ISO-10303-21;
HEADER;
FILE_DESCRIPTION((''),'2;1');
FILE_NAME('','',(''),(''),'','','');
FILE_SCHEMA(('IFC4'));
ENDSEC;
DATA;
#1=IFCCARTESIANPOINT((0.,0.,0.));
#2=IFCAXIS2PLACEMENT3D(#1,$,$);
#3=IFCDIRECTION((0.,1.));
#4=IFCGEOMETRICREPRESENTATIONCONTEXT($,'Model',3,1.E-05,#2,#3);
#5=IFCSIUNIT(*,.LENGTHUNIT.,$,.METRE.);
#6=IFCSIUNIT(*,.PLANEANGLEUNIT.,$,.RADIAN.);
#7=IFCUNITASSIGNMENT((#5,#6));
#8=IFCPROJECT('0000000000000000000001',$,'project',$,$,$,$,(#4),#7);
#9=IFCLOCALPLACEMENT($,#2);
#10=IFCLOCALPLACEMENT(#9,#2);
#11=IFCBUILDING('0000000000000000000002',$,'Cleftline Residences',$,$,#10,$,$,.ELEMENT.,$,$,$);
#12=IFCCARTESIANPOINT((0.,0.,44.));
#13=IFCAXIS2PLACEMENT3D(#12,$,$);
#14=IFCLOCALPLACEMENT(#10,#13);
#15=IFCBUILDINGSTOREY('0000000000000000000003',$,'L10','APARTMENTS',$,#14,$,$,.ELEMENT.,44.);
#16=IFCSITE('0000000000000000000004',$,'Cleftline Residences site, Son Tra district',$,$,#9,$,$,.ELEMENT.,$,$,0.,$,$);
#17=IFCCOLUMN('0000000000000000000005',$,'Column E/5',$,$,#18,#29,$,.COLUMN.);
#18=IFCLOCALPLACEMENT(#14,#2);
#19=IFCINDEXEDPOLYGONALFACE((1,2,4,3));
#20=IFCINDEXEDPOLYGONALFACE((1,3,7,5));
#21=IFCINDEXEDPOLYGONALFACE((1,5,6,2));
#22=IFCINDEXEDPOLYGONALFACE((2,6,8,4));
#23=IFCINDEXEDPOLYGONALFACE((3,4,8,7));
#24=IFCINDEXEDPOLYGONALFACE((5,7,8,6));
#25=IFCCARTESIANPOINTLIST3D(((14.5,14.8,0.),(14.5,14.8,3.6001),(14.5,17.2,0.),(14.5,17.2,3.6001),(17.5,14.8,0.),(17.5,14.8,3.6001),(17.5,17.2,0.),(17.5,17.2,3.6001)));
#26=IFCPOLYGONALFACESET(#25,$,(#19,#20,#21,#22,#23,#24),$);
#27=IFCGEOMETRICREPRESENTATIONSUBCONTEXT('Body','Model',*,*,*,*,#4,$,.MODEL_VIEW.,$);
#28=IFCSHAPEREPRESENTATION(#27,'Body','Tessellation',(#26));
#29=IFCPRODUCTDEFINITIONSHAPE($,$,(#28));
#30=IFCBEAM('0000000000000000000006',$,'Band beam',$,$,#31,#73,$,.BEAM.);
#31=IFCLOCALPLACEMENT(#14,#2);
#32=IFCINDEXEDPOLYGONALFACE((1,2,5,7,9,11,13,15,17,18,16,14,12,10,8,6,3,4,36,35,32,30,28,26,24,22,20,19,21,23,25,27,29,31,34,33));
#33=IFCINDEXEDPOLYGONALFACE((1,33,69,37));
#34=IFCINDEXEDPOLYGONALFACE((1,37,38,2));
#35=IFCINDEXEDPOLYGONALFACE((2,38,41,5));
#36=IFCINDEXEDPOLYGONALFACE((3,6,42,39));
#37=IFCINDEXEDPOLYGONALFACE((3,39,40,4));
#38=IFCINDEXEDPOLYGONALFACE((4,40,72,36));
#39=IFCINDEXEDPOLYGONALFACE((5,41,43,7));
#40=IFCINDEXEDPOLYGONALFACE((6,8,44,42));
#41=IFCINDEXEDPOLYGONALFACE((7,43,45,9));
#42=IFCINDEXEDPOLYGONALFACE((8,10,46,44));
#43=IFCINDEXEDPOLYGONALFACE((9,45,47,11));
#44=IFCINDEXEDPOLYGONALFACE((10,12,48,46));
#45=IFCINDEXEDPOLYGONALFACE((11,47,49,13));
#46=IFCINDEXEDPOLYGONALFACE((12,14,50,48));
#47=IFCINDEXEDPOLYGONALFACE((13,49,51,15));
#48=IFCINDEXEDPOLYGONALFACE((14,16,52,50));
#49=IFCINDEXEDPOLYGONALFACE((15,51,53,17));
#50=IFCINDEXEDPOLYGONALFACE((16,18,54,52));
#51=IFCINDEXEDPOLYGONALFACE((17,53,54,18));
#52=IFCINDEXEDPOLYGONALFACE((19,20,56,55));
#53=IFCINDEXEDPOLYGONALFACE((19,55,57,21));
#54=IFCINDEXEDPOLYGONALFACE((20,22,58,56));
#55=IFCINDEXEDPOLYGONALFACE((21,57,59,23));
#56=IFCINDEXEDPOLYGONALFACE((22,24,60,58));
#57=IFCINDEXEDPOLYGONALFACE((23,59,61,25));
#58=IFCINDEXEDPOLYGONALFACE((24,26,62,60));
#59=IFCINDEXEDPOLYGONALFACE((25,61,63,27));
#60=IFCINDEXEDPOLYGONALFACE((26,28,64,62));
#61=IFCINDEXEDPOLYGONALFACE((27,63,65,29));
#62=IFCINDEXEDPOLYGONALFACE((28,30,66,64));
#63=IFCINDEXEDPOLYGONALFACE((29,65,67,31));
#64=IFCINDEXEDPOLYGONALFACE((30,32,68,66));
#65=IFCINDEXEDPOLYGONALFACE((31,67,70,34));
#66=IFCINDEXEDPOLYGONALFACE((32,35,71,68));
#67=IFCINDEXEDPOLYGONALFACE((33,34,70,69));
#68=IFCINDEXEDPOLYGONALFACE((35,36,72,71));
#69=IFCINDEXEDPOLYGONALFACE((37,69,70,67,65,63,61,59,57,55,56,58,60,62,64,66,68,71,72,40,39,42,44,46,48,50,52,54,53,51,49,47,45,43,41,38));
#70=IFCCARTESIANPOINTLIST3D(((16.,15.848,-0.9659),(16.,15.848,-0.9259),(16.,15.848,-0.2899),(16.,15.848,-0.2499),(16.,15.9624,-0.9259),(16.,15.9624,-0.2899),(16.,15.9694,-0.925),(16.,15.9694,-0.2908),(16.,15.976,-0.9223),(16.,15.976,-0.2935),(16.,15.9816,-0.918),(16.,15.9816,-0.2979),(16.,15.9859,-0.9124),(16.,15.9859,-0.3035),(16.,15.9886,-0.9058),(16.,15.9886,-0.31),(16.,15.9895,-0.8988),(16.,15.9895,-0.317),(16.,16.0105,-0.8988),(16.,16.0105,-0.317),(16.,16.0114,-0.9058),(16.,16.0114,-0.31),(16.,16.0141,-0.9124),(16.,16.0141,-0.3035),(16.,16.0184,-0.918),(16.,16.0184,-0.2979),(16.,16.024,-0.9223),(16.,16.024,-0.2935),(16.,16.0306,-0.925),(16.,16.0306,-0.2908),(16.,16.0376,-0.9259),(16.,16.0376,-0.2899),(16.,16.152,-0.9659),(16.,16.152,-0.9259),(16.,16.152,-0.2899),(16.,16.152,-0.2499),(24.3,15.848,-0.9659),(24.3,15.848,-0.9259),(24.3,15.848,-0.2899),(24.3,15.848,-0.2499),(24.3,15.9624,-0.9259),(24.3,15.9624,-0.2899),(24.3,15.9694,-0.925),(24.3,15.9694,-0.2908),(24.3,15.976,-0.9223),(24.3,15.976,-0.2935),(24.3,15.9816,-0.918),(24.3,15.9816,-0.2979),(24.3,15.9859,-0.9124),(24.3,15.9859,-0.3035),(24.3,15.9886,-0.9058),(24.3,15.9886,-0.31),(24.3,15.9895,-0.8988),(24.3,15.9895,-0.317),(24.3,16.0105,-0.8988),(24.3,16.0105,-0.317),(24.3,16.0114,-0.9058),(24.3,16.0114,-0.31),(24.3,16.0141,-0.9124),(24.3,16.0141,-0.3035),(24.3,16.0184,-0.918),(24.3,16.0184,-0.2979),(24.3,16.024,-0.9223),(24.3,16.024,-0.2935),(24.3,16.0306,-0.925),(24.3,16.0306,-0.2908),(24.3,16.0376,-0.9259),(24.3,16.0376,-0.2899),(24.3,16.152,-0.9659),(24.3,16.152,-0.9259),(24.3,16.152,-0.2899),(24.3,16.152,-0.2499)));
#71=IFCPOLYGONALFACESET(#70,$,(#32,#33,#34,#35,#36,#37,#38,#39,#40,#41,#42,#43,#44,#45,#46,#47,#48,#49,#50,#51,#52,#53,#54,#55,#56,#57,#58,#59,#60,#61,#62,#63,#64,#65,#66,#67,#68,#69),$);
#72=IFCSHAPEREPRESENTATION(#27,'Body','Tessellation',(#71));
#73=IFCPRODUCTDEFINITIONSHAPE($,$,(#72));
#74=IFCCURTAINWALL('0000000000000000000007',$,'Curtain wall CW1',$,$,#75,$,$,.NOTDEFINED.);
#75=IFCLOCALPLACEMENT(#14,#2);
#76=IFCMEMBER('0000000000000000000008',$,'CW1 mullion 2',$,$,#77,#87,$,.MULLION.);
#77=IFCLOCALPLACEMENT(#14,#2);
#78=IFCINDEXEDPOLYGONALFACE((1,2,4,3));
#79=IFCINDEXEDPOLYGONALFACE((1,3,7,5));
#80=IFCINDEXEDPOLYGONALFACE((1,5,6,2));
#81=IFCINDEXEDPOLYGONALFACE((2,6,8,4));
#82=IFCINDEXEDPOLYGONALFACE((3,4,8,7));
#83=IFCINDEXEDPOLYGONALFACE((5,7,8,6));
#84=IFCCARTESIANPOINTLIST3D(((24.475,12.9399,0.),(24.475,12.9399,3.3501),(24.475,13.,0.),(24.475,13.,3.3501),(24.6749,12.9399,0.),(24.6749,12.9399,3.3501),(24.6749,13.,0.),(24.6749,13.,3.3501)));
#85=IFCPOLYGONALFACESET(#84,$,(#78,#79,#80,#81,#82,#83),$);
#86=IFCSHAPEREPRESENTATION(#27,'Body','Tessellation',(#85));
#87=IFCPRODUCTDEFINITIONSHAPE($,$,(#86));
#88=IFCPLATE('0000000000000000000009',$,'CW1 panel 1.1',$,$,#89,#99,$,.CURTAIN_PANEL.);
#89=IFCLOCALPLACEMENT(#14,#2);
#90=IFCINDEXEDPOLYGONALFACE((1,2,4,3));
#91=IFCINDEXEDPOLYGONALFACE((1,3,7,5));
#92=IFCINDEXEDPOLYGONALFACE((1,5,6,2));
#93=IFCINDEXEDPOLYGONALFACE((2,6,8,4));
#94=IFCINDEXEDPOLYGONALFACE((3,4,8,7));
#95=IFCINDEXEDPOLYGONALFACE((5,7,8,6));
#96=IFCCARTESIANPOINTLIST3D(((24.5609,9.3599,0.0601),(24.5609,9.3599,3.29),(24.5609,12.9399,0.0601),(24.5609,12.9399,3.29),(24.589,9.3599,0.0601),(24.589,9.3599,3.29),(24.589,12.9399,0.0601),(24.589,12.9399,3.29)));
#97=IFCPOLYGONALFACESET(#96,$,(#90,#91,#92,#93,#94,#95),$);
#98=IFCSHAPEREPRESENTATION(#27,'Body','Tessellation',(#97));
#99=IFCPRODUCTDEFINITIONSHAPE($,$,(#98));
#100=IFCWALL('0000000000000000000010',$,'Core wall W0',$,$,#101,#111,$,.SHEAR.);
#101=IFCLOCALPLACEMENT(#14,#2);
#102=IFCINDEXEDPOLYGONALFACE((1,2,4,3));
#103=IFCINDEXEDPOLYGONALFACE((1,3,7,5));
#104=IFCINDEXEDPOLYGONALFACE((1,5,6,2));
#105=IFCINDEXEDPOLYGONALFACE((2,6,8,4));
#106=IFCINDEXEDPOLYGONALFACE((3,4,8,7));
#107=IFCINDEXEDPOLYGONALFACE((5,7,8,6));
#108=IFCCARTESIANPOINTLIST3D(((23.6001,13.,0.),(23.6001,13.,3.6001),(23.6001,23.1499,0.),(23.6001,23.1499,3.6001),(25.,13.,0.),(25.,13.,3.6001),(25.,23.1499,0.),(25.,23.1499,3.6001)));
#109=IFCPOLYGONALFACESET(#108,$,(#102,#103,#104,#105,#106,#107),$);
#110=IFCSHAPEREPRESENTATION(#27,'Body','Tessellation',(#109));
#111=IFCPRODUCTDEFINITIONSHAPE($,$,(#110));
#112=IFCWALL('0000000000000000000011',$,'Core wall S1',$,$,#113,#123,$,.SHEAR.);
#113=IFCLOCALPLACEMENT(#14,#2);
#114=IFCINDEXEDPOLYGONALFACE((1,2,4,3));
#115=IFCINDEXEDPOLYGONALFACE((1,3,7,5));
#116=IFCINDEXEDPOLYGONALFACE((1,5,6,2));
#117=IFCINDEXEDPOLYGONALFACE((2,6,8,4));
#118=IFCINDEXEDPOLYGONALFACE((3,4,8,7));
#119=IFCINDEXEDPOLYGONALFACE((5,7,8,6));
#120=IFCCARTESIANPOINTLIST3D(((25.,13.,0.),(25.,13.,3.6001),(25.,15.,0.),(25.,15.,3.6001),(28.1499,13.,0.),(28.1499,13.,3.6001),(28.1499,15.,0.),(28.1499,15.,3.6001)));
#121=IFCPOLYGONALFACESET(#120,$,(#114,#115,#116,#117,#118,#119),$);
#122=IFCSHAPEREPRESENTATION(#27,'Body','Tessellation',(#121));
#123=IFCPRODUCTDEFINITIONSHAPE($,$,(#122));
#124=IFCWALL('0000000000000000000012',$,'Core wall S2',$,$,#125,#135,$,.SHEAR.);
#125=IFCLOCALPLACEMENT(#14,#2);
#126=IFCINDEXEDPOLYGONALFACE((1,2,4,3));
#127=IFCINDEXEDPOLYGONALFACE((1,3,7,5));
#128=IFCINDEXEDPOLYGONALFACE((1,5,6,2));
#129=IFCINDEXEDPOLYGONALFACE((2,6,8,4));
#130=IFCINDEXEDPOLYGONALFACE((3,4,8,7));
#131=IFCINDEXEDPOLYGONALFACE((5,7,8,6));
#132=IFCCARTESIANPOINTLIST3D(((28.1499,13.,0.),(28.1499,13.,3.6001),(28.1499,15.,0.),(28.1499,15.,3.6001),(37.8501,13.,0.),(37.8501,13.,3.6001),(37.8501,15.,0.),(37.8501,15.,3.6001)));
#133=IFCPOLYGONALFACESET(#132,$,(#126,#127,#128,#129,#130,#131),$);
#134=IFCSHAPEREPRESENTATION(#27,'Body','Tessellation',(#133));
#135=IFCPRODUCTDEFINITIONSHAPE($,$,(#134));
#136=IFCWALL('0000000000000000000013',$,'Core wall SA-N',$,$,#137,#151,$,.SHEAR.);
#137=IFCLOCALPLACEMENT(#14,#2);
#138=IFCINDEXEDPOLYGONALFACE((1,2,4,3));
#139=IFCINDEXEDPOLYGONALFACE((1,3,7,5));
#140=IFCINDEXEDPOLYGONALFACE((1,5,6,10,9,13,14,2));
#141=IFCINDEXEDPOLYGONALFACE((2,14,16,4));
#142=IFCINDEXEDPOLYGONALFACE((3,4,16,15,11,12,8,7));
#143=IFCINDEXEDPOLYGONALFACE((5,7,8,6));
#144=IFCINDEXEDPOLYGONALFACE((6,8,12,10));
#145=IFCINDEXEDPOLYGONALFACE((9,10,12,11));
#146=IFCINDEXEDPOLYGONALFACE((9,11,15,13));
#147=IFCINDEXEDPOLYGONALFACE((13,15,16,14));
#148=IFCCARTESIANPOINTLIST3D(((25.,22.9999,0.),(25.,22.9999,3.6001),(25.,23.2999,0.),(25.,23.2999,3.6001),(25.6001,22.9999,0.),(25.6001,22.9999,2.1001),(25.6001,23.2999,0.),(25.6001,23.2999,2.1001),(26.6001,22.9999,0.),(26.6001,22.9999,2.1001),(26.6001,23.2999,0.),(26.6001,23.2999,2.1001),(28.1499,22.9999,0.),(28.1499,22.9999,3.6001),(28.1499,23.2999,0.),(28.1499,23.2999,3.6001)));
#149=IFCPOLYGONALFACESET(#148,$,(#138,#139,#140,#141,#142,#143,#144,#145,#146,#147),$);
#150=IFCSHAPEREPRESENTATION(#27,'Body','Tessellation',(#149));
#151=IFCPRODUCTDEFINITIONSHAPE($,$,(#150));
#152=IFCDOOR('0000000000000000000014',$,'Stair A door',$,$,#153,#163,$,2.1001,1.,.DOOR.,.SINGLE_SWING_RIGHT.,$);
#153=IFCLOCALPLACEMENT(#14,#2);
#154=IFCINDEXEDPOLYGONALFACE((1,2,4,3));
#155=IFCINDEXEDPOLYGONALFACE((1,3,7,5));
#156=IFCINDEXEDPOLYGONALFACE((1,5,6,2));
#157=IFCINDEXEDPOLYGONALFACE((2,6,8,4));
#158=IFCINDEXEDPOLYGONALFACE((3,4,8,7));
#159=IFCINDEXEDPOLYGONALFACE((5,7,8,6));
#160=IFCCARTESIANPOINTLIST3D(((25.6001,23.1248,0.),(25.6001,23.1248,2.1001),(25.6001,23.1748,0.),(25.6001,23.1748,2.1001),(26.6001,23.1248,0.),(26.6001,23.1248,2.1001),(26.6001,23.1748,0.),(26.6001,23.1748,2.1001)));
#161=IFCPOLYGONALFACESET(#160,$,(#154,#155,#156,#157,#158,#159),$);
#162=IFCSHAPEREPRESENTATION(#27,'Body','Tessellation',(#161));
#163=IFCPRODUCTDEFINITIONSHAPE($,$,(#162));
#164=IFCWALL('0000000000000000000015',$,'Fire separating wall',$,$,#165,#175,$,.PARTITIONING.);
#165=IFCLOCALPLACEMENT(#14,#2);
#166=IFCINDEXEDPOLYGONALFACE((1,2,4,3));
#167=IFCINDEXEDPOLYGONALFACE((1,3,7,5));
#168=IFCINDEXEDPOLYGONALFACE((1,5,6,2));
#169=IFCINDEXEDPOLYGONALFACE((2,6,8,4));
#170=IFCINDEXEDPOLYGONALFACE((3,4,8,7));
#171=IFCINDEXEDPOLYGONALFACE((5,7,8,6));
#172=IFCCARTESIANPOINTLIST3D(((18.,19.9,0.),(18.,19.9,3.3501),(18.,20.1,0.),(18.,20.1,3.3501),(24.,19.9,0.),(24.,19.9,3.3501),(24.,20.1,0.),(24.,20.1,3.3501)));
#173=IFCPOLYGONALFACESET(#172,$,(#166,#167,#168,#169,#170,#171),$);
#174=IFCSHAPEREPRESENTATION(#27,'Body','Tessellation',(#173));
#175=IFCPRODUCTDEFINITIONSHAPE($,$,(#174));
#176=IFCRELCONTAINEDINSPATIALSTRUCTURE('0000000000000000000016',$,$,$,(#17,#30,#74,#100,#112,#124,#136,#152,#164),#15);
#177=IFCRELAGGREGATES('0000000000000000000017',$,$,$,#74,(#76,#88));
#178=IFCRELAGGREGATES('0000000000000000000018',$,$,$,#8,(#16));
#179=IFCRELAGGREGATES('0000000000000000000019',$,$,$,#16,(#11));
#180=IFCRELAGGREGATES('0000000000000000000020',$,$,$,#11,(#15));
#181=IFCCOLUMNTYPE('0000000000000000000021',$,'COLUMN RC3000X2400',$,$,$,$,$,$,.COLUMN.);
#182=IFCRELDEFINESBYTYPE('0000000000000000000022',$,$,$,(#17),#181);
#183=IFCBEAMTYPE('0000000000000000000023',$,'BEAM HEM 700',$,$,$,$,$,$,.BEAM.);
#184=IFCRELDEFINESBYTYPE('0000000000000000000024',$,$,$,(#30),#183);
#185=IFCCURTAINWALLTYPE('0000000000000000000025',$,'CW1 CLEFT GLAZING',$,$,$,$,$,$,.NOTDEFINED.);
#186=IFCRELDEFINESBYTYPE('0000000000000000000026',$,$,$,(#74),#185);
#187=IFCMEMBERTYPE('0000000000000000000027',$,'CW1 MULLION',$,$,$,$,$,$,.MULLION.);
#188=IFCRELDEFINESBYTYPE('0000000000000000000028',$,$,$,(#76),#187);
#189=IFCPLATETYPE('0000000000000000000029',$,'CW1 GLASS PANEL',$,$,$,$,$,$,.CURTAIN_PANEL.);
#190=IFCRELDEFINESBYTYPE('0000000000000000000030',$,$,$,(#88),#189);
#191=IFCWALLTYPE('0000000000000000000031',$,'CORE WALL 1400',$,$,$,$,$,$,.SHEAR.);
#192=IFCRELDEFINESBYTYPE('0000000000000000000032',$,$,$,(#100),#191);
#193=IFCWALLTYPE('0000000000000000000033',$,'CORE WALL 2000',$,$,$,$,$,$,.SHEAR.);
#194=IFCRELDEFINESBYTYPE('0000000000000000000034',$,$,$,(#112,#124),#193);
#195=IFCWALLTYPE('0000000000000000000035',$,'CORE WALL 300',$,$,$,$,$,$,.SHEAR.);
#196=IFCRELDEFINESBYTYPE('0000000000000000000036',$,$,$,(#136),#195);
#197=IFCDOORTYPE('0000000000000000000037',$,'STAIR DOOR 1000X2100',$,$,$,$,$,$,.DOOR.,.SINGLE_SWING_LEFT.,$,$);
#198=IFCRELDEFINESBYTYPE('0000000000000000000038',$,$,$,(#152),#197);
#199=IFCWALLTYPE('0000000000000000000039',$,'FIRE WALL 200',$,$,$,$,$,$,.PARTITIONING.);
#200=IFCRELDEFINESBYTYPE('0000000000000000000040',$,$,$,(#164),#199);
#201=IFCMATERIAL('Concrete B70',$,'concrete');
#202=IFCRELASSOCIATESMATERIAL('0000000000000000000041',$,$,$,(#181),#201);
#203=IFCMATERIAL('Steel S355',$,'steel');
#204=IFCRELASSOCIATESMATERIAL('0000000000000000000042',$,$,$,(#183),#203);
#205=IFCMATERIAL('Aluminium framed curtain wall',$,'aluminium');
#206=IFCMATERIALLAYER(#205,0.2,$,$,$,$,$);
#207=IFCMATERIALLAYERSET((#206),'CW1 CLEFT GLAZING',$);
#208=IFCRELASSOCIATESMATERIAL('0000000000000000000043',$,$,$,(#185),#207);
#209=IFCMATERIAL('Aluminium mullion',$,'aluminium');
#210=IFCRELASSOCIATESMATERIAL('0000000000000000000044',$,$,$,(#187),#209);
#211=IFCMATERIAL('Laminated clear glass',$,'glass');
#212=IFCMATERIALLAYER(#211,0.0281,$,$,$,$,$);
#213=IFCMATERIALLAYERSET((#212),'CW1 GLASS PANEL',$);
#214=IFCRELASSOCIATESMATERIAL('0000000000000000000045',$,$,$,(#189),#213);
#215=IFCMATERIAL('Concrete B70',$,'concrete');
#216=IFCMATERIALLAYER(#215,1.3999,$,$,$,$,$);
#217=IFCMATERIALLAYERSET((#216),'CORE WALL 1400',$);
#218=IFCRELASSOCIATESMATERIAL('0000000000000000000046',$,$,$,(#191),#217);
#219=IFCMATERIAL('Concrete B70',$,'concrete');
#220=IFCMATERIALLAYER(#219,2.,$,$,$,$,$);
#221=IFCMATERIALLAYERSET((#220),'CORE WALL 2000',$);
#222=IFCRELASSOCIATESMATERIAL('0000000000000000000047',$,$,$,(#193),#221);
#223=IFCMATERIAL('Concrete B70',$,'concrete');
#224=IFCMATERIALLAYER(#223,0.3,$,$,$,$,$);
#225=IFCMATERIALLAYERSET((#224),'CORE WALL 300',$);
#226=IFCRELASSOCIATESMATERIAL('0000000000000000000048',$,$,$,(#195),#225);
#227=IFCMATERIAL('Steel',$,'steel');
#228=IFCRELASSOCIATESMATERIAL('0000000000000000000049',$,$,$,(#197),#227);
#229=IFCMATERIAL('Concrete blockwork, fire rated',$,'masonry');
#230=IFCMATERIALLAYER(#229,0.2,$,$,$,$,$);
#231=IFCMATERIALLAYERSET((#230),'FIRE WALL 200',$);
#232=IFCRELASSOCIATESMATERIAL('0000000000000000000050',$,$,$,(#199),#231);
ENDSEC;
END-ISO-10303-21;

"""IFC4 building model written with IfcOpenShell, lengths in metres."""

from ifc_helpers import new_model, si_unit, direction, frame, frame_2d, origin, origin_2d, place, context, subcontext, project, spatial, rectangle, i_section, extrude, material, layer, layer_set, material_profile, profile_set, type_object, element, fill, aggregate, save


model = new_model("IFC4")

# Units and contexts
model_context = context("Model", 3, precision=1e-05, world=origin(), true_north=direction((0.0, 1.0)))
body_context = subcontext(model_context, "Body", "Model", "MODEL_VIEW")
ifc_project = project(units=[si_unit("LENGTHUNIT", "METRE"), si_unit("PLANEANGLEUNIT", "RADIAN")], contexts=[model_context])

# Site, building, storey
site_placement = place(None, origin())
site = spatial("IfcSite", under=ifc_project, at=site_placement, Name="Cleftline Residences site, Son Tra district", CompositionType="ELEMENT", RefElevation=0.0)
building_placement = place(site_placement, origin())
building = spatial("IfcBuilding", under=site, at=building_placement, Name="Cleftline Residences", CompositionType="ELEMENT")
storey_placement = place(building_placement, frame((0.0, 0.0, 44.0)))
storey = spatial("IfcBuildingStorey", under=building, at=storey_placement, Name="L10", Description="APARTMENTS", CompositionType="ELEMENT", Elevation=44.0)

# Column
ifc_material_1 = material(Name="Concrete B70", Category="concrete")
ifc_material_profile_1 = material_profile(ifc_material_1, rectangle(XDim=3.0, YDim=2.3999, at=origin_2d()))
ifc_profile_set_1 = profile_set([ifc_material_profile_1], Name="Concrete B70")
column_type = type_object("IfcColumnType", Name="COLUMN RC3000X2400", PredefinedType="COLUMN", material=ifc_profile_set_1)
column_placement = place(storey_placement, frame((16.0, 16.0, 0.0), z_axis=(0.0, 0.0, 1.0), x_axis=(1.0, 0.0, 0.0)))
element("IfcColumn", 1, at=column_placement, inside=storey, type_object=column_type, Name="Column E/5", PredefinedType="COLUMN", context=body_context, shape_type="SweptSolid", body=[
    extrude(rectangle(XDim=3.0, YDim=2.3999, at=origin_2d()), origin(), (0.0, 0.0, 1.0), 3.6001),
])

# Beam
ifc_material_2 = material(Name="Steel S355", Category="steel")
ifc_material_profile_2 = material_profile(ifc_material_2, i_section(OverallWidth=0.304, OverallDepth=0.7161, WebThickness=0.021, FlangeThickness=0.04, FilletRadius=0.0271, at=origin_2d()))
ifc_profile_set_2 = profile_set([ifc_material_profile_2], Name="Steel S355")
beam_type = type_object("IfcBeamType", Name="BEAM HEM 700", PredefinedType="BEAM", material=ifc_profile_set_2)
beam_placement = place(storey_placement, frame((16.0, 16.0, -0.6079), z_axis=(1.0, 0.0, 0.0), x_axis=(0.0, 1.0, 0.0)))
element("IfcBeam", 2, at=beam_placement, inside=storey, type_object=beam_type, Name="Band beam", PredefinedType="BEAM", context=body_context, shape_type="SweptSolid", body=[
    extrude(i_section(OverallWidth=0.304, OverallDepth=0.7161, WebThickness=0.021, FlangeThickness=0.04, FilletRadius=0.0271, at=origin_2d()), origin(), (0.0, 0.0, 1.0), 8.3),
])

# Curtain wall, member, plate
ifc_material_3 = material(Name="Aluminium framed curtain wall", Category="aluminium")
ifc_layer_1 = layer(ifc_material_3, 0.2)
ifc_layer_set_1 = layer_set([ifc_layer_1], Name="CW1 CLEFT GLAZING")
curtain_wall_type = type_object("IfcCurtainWallType", Name="CW1 CLEFT GLAZING", PredefinedType="NOTDEFINED", material=ifc_layer_set_1)
curtain_wall_placement = place(storey_placement, origin())
curtain_wall = element("IfcCurtainWall", 3, at=curtain_wall_placement, inside=storey, type_object=curtain_wall_type, Name="Curtain wall CW1", PredefinedType="NOTDEFINED")
ifc_material_4 = material(Name="Aluminium mullion", Category="aluminium")
ifc_material_profile_3 = material_profile(ifc_material_4, rectangle(XDim=0.2, YDim=0.0601, at=origin_2d()))
ifc_profile_set_3 = profile_set([ifc_material_profile_3], Name="Aluminium mullion")
member_type = type_object("IfcMemberType", Name="CW1 MULLION", PredefinedType="MULLION", material=ifc_profile_set_3)
member_placement = place(storey_placement, frame((24.575, 12.97, 0.0), z_axis=(0.0, 0.0, 1.0), x_axis=(-1.0, 0.0, 0.0)))
member = element("IfcMember", 4, at=member_placement, type_object=member_type, Name="CW1 mullion 2", PredefinedType="MULLION", context=body_context, shape_type="SweptSolid", body=[
    extrude(rectangle(XDim=0.2, YDim=0.0601, at=origin_2d()), origin(), (0.0, 0.0, 1.0), 3.3501),
])
ifc_material_5 = material(Name="Laminated clear glass", Category="glass")
ifc_layer_2 = layer(ifc_material_5, 0.0281)
ifc_layer_set_2 = layer_set([ifc_layer_2], Name="CW1 GLASS PANEL")
plate_type = type_object("IfcPlateType", Name="CW1 GLASS PANEL", PredefinedType="CURTAIN_PANEL", material=ifc_layer_set_2)
plate_placement = place(storey_placement, frame((24.575, 11.1499, 0.0601), z_axis=(0.0, 0.0, 1.0), x_axis=(0.0, 1.0, 0.0)))
plate = element("IfcPlate", 5, at=plate_placement, type_object=plate_type, Name="CW1 panel 1.1", PredefinedType="CURTAIN_PANEL", context=body_context, shape_type="SweptSolid", body=[
    extrude(rectangle(XDim=3.5801, YDim=0.0281, at=origin_2d()), origin(), (0.0, 0.0, 1.0), 3.23),
])
aggregate(curtain_wall, [member, plate])

# Wall
ifc_material_6 = material(Name="Concrete B70", Category="concrete")
ifc_layer_3 = layer(ifc_material_6, 1.3999)
ifc_layer_set_3 = layer_set([ifc_layer_3], Name="CORE WALL 1400")
wall_type_1 = type_object("IfcWallType", Name="CORE WALL 1400", PredefinedType="SHEAR", material=ifc_layer_set_3)
wall_1_placement = place(storey_placement, frame((24.3, 13.0, 0.0), z_axis=(0.0, 0.0, 1.0), x_axis=(0.0, 1.0, 0.0)))
element("IfcWall", 6, at=wall_1_placement, inside=storey, type_object=wall_type_1, Name="Core wall W0", PredefinedType="SHEAR", context=body_context, shape_type="SweptSolid", body=[
    extrude(rectangle(XDim=10.1499, YDim=1.3999, at=frame_2d((5.075, 0.0))), origin(), (0.0, 0.0, 1.0), 3.6001),
])

# Walls
ifc_material_7 = material(Name="Concrete B70", Category="concrete")
ifc_layer_4 = layer(ifc_material_7, 2.0)
ifc_layer_set_4 = layer_set([ifc_layer_4], Name="CORE WALL 2000")
wall_type_2 = type_object("IfcWallType", Name="CORE WALL 2000", PredefinedType="SHEAR", material=ifc_layer_set_4)
wall_2_placement = place(storey_placement, frame((25.0, 14.0, 0.0), z_axis=(0.0, 0.0, 1.0), x_axis=(1.0, 0.0, 0.0)))
element("IfcWall", 7, at=wall_2_placement, inside=storey, type_object=wall_type_2, Name="Core wall S1", PredefinedType="SHEAR", context=body_context, shape_type="SweptSolid", body=[
    extrude(rectangle(XDim=3.1499, YDim=2.0, at=frame_2d((1.575, 0.0))), origin(), (0.0, 0.0, 1.0), 3.6001),
])
wall_3_placement = place(storey_placement, frame((28.1499, 14.0, 0.0), z_axis=(0.0, 0.0, 1.0), x_axis=(1.0, 0.0, 0.0)))
element("IfcWall", 8, at=wall_3_placement, inside=storey, type_object=wall_type_2, Name="Core wall S2", PredefinedType="SHEAR", context=body_context, shape_type="SweptSolid", body=[
    extrude(rectangle(XDim=9.7002, YDim=2.0, at=frame_2d((4.8501, 0.0))), origin(), (0.0, 0.0, 1.0), 3.6001),
])

# Wall, opening, door
ifc_material_8 = material(Name="Concrete B70", Category="concrete")
ifc_layer_5 = layer(ifc_material_8, 0.3)
ifc_layer_set_5 = layer_set([ifc_layer_5], Name="CORE WALL 300")
wall_type_3 = type_object("IfcWallType", Name="CORE WALL 300", PredefinedType="SHEAR", material=ifc_layer_set_5)
wall_4_placement = place(storey_placement, frame((25.0, 23.1499, 0.0), z_axis=(0.0, 0.0, 1.0), x_axis=(1.0, 0.0, 0.0)))
wall_4 = element("IfcWall", 9, at=wall_4_placement, inside=storey, type_object=wall_type_3, Name="Core wall SA-N", PredefinedType="SHEAR", context=body_context, shape_type="SweptSolid", body=[
    extrude(rectangle(XDim=3.1499, YDim=0.3, at=frame_2d((1.575, 0.0))), origin(), (0.0, 0.0, 1.0), 3.6001),
])
opening_1_placement = place(wall_4_placement, frame((0.6001, 0.0, 0.0)))
opening_1 = element("IfcOpeningElement", 10, at=opening_1_placement, cuts=wall_4, PredefinedType="OPENING", context=body_context, shape_type="SweptSolid", body=[
    extrude(rectangle(XDim=1.0, YDim=2.1001, at=frame_2d((0.5, 1.05))), frame((0.0, 0.1599, 0.0), z_axis=(0.0, -1.0, 0.0), x_axis=(1.0, 0.0, 0.0)), (0.0, 0.0, 1.0), 0.3201),
])
ifc_material_9 = material(Name="Steel", Category="steel")
door_type_1 = type_object("IfcDoorType", Name="STAIR DOOR 1000X2100", OperationType="SINGLE_SWING_LEFT", PredefinedType="DOOR", material=ifc_material_9)
door_1_placement = place(opening_1_placement, origin())
door_1 = element("IfcDoor", 11, at=door_1_placement, inside=storey, type_object=door_type_1, Name="Stair A door", OperationType="SINGLE_SWING_RIGHT", OverallHeight=2.1001, OverallWidth=1.0, PredefinedType="DOOR", context=body_context, shape_type="SweptSolid", body=[
    extrude(rectangle(XDim=1.0, YDim=2.1001, at=frame_2d((0.5, 1.05))), frame((0.0, 0.0249, 0.0), z_axis=(0.0, -1.0, 0.0), x_axis=(1.0, 0.0, 0.0)), (0.0, 0.0, 1.0), 0.05),
])
fill(opening_1, door_1)

# Wall
ifc_material_10 = material(Name="Concrete blockwork, fire rated", Category="masonry")
ifc_layer_6 = layer(ifc_material_10, 0.2)
ifc_layer_set_6 = layer_set([ifc_layer_6], Name="FIRE WALL 200")
wall_type_4 = type_object("IfcWallType", Name="FIRE WALL 200", PredefinedType="PARTITIONING", material=ifc_layer_set_6)
wall_5_placement = place(storey_placement, frame((18.0, 20.0, 0.0), z_axis=(0.0, 0.0, 1.0), x_axis=(1.0, 0.0, 0.0)))
element("IfcWall", 12, at=wall_5_placement, inside=storey, type_object=wall_type_4, Name="Fire separating wall", PredefinedType="PARTITIONING", context=body_context, shape_type="SweptSolid", body=[
    extrude(rectangle(XDim=6.0, YDim=0.2, at=frame_2d((3.0, 0.0))), origin(), (0.0, 0.0, 1.0), 3.3501),
])

save(model, "model.ifc")
